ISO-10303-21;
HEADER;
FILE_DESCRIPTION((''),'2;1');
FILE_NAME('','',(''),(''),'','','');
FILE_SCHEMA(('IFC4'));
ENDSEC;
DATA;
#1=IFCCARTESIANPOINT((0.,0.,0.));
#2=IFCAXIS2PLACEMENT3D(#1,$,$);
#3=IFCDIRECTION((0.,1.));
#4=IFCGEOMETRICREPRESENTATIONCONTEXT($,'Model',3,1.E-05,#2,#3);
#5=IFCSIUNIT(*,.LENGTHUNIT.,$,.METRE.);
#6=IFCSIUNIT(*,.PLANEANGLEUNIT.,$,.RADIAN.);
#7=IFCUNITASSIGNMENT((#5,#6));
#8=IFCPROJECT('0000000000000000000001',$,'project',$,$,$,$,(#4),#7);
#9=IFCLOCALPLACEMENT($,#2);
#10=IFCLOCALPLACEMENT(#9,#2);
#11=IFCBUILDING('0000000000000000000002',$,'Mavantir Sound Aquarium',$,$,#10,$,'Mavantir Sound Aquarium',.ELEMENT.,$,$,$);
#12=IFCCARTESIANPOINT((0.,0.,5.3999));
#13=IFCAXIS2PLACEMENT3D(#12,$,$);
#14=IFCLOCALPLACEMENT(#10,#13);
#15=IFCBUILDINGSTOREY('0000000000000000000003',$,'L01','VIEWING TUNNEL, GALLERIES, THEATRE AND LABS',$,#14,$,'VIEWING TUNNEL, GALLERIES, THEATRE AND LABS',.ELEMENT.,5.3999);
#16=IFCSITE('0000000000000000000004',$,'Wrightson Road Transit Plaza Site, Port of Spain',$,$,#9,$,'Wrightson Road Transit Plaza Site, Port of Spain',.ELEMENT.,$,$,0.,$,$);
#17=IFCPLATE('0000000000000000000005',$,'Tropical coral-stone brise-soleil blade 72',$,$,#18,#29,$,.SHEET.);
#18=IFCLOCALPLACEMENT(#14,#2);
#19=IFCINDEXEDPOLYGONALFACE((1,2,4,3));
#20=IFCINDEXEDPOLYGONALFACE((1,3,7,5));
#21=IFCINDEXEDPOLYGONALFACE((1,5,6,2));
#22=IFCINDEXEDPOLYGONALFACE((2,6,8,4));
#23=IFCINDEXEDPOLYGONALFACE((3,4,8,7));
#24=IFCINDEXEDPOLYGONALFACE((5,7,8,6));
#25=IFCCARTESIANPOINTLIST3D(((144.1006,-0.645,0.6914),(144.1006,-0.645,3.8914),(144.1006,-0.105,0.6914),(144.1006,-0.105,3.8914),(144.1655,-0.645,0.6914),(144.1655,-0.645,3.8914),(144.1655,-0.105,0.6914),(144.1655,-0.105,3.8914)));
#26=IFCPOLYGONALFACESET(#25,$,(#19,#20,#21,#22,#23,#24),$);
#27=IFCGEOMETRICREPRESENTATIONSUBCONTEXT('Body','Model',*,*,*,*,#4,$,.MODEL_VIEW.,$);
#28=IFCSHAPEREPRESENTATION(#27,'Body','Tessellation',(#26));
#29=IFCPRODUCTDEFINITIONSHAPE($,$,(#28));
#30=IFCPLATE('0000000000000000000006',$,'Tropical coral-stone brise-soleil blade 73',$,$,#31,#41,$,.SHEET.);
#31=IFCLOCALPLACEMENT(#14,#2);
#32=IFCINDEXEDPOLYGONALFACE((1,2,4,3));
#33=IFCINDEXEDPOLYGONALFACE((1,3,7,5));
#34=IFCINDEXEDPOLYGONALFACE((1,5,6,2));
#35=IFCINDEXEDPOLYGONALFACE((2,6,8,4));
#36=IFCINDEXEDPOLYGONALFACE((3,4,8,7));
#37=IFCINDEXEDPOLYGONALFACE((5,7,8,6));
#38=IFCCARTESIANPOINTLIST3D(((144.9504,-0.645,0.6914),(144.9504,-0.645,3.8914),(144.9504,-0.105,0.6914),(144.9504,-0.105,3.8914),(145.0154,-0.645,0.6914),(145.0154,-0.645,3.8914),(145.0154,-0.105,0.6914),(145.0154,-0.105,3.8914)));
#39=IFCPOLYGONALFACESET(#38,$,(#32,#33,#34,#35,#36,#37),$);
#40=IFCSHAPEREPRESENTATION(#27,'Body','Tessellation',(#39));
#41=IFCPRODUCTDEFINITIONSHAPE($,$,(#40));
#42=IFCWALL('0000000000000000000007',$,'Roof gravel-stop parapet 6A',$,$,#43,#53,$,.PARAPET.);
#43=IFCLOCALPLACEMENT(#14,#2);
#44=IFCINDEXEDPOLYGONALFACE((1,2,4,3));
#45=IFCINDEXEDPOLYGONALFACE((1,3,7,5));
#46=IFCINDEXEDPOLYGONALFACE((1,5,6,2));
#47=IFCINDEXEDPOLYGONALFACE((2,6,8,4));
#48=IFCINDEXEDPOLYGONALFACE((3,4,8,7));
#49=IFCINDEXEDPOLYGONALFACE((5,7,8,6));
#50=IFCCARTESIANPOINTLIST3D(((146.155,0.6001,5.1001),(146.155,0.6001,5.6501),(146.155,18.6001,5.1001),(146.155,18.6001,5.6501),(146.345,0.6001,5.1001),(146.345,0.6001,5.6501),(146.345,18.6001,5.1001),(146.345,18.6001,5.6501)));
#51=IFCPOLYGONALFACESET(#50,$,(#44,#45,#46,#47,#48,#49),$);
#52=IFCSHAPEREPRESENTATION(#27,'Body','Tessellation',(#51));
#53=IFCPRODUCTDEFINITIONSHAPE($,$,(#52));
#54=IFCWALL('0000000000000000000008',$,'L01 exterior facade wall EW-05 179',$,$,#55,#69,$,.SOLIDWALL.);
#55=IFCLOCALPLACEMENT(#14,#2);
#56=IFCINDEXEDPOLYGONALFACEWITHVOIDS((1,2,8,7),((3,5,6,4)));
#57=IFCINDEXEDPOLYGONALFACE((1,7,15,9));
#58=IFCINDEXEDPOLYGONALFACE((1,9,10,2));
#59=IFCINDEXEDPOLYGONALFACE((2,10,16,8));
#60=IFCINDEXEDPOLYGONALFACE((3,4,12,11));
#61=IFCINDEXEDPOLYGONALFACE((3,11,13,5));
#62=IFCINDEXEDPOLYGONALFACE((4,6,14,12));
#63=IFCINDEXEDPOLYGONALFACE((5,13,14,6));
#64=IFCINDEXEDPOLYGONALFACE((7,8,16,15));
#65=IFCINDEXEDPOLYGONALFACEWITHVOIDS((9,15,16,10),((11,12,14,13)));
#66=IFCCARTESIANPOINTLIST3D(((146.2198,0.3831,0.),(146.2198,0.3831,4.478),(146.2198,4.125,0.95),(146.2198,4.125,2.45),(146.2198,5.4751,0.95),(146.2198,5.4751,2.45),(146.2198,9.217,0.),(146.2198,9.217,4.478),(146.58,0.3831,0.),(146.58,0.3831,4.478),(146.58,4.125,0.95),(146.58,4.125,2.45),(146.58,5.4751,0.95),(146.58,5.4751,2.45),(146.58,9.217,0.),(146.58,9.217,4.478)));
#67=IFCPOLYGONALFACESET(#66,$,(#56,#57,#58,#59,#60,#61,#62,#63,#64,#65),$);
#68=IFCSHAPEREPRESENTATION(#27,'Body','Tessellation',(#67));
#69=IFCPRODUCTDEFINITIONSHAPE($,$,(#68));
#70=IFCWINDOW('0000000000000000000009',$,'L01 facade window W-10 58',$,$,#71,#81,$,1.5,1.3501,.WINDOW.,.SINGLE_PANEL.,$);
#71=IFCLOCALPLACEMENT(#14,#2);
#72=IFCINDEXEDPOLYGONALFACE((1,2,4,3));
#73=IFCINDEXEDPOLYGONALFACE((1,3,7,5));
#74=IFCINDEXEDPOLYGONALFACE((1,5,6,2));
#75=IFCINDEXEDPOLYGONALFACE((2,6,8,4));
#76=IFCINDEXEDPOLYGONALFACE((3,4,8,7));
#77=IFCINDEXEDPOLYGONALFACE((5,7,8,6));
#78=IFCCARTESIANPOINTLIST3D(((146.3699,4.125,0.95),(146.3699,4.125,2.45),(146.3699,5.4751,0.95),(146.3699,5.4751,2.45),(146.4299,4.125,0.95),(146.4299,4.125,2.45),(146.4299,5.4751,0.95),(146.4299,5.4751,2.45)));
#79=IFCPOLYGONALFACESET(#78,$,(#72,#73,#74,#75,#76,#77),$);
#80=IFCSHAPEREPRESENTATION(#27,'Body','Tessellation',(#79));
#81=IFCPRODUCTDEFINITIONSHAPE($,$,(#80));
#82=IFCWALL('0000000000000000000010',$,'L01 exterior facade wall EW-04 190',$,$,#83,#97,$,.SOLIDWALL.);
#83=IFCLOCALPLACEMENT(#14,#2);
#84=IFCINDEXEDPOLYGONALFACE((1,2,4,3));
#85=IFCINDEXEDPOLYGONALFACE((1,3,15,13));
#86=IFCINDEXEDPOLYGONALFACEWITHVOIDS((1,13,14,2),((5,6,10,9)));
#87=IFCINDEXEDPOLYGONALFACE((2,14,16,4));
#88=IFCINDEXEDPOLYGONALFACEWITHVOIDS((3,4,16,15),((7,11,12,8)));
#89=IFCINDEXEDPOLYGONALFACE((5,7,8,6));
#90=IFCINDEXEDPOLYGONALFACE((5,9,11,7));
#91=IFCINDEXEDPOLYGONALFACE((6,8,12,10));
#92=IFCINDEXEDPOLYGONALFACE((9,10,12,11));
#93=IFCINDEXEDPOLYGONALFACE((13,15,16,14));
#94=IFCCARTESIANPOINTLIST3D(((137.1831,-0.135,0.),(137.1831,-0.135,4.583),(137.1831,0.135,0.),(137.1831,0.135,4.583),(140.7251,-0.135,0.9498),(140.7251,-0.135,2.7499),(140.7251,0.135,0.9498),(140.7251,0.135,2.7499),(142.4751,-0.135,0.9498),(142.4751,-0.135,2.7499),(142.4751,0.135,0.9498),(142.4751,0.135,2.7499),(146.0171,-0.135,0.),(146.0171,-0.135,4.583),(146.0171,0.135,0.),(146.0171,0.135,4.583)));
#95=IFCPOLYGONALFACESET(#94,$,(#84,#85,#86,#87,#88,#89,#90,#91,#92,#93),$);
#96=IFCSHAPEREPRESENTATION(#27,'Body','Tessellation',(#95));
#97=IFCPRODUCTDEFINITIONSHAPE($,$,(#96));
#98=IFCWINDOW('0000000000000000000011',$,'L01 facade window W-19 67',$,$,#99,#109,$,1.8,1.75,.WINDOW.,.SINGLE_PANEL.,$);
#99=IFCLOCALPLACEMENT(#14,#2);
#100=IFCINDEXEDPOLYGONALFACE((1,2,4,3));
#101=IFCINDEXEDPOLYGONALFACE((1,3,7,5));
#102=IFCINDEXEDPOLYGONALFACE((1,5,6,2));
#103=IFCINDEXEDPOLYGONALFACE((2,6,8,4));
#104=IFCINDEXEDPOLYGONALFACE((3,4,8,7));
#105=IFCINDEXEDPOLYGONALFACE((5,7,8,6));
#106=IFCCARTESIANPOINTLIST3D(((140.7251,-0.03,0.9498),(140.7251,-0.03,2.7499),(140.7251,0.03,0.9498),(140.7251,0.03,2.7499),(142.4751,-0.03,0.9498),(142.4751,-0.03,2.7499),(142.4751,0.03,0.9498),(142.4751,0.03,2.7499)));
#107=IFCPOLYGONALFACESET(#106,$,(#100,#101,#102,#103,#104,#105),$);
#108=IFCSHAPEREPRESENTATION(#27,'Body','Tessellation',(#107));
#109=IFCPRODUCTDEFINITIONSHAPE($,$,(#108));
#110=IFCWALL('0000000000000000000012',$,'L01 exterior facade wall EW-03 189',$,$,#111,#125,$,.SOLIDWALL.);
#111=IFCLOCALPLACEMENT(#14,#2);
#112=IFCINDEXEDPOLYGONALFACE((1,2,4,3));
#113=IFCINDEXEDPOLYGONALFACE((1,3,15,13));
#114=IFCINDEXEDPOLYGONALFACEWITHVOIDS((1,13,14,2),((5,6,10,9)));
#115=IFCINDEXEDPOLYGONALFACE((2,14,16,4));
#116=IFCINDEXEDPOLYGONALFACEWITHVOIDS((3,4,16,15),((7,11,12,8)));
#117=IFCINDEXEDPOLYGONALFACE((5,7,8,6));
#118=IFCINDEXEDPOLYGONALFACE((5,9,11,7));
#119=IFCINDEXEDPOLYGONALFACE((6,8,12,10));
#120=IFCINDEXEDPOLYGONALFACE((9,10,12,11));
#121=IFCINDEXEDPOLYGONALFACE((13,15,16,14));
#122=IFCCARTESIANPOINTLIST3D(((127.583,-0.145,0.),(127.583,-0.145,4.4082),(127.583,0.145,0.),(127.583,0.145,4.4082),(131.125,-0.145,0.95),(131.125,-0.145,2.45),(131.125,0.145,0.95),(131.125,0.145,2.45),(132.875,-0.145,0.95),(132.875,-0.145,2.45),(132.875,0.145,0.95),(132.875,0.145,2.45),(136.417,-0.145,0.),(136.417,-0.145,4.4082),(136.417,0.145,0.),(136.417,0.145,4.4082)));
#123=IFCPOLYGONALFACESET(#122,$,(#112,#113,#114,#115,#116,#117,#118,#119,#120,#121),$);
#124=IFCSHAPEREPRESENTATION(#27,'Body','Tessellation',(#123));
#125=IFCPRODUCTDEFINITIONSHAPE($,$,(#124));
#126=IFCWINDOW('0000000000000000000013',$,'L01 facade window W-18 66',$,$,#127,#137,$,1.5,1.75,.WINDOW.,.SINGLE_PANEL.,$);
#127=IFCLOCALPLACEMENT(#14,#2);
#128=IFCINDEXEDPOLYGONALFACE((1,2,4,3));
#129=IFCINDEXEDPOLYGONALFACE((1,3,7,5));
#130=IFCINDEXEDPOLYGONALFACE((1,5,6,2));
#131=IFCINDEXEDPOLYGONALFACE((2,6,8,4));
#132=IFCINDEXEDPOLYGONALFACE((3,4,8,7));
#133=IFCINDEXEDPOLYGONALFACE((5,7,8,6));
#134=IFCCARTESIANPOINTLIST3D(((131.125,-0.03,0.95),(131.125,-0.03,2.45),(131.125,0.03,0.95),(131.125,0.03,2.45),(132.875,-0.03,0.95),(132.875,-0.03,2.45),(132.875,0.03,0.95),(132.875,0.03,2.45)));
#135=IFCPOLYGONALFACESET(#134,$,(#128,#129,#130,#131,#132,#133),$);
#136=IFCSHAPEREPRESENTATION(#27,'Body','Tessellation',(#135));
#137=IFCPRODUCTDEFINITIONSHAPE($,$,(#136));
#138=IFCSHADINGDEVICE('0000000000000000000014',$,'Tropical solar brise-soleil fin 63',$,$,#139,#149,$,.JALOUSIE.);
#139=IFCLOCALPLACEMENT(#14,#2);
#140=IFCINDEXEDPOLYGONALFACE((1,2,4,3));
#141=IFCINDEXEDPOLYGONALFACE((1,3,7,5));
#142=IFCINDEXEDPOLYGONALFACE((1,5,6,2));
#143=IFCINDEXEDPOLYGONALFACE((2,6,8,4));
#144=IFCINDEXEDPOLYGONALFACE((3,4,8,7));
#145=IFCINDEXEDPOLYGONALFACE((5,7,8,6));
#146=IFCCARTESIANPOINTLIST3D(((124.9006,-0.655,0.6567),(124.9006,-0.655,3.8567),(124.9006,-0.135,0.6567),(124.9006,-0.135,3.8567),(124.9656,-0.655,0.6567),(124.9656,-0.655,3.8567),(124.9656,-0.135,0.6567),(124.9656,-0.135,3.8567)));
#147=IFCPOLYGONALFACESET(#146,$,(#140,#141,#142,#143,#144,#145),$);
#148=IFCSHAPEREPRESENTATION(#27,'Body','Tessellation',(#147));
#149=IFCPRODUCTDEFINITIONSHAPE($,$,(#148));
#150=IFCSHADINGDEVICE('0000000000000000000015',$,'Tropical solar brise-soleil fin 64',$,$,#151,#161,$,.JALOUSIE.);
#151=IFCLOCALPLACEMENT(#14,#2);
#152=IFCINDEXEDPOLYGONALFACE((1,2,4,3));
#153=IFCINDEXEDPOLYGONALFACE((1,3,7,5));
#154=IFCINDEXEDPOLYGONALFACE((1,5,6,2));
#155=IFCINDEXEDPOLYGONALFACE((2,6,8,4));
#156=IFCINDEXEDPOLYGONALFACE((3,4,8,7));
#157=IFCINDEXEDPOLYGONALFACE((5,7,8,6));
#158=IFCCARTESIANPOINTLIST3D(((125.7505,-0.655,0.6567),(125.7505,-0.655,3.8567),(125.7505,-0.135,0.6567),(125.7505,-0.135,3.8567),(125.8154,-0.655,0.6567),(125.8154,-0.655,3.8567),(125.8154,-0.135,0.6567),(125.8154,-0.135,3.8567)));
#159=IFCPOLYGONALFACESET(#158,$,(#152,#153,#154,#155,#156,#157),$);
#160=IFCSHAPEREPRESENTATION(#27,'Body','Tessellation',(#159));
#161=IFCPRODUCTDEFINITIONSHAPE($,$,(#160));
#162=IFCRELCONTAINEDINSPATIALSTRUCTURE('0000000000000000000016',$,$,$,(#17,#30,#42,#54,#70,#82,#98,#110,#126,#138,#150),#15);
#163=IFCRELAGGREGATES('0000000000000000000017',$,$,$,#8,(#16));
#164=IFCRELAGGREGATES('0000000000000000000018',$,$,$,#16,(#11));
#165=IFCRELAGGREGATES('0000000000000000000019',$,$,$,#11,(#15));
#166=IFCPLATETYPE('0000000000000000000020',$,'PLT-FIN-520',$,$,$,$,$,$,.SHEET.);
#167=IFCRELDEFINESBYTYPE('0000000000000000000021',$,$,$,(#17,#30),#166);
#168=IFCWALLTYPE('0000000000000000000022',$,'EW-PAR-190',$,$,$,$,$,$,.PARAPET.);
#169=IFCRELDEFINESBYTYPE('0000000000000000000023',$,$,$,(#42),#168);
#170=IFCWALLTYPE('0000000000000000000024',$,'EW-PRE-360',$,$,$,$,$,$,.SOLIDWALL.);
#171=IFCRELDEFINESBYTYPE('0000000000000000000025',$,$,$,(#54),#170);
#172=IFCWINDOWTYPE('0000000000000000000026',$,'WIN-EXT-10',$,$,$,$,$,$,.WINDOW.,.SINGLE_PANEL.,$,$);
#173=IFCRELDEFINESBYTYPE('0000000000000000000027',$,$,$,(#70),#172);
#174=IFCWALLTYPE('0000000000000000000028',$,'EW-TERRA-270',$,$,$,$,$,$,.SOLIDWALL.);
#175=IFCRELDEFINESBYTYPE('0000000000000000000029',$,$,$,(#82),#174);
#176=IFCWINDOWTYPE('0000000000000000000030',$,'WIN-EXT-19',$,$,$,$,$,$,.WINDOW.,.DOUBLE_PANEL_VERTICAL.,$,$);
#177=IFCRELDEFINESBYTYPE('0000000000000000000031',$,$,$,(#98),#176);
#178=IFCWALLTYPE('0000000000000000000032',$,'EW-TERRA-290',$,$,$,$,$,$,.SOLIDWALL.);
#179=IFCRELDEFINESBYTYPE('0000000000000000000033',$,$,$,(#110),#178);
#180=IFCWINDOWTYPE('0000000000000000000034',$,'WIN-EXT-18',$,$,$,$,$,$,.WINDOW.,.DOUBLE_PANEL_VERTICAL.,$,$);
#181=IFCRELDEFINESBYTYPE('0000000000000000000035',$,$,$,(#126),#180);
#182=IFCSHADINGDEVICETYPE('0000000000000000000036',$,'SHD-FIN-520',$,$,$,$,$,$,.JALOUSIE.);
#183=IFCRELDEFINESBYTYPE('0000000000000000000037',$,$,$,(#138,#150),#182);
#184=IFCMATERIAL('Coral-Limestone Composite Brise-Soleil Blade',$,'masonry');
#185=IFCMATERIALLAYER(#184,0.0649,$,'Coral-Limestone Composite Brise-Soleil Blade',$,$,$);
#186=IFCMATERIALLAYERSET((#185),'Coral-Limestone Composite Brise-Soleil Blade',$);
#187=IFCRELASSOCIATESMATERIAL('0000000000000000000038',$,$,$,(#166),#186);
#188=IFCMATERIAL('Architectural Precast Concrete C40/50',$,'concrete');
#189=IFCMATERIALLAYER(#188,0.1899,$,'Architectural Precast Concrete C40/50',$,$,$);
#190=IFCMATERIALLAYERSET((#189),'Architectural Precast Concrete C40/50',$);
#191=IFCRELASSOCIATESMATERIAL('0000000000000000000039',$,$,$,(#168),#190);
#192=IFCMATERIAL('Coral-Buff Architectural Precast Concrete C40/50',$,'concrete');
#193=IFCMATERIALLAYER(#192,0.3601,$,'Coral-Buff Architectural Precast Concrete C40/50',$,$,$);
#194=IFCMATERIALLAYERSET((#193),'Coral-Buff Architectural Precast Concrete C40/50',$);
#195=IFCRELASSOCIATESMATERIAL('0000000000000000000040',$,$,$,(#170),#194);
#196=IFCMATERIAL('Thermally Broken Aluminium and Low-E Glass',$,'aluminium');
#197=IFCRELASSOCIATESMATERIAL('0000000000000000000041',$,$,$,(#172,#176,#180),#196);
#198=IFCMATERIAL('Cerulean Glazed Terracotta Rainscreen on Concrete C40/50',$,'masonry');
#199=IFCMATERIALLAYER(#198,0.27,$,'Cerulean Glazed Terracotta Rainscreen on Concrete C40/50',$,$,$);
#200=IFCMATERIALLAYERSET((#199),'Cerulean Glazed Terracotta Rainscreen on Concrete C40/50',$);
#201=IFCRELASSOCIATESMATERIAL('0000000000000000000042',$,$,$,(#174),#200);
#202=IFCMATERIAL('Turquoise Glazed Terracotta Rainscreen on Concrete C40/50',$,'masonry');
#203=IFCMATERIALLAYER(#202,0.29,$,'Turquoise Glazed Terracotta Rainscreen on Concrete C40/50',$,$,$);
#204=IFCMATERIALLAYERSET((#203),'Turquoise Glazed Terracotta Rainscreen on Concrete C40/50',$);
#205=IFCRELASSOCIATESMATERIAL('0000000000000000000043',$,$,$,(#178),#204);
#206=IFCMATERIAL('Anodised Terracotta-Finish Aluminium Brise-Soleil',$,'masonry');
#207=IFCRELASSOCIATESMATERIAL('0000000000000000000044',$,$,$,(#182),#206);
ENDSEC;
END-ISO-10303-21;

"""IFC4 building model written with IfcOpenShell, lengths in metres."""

from ifc_helpers import new_model, si_unit, direction, frame, frame_2d, origin, origin_2d, place, context, subcontext, project, spatial, rectangle, extrude, material, layer, layer_set, type_object, element, fill, save


model = new_model("IFC4")

# Units and contexts
model_context = context("Model", 3, precision=1e-05, world=origin(), true_north=direction((0.0, 1.0)))
body_context = subcontext(model_context, "Body", "Model", "MODEL_VIEW")
ifc_project = project(units=[si_unit("LENGTHUNIT", "METRE"), si_unit("PLANEANGLEUNIT", "RADIAN")], contexts=[model_context])

# Site, building, storey
site_placement = place(None, origin())
site = spatial("IfcSite", under=ifc_project, at=site_placement, Name="Wrightson Road Transit Plaza Site, Port of Spain", LongName="Wrightson Road Transit Plaza Site, Port of Spain", CompositionType="ELEMENT", RefElevation=0.0)
building_placement = place(site_placement, origin())
building = spatial("IfcBuilding", under=site, at=building_placement, Name="Mavantir Sound Aquarium", LongName="Mavantir Sound Aquarium", CompositionType="ELEMENT")
storey_placement = place(building_placement, frame((0.0, 0.0, 5.3999)))
storey = spatial("IfcBuildingStorey", under=building, at=storey_placement, Name="L01", Description="VIEWING TUNNEL, GALLERIES, THEATRE AND LABS", LongName="VIEWING TUNNEL, GALLERIES, THEATRE AND LABS", CompositionType="ELEMENT", Elevation=5.3999)

# Plates
ifc_material_1 = material(Name="Coral-Limestone Composite Brise-Soleil Blade", Category="masonry")
ifc_layer_1 = layer(ifc_material_1, 0.0649, Name="Coral-Limestone Composite Brise-Soleil Blade")
ifc_layer_set_1 = layer_set([ifc_layer_1], Name="Coral-Limestone Composite Brise-Soleil Blade")
plate_type = type_object("IfcPlateType", Name="PLT-FIN-520", PredefinedType="SHEET", material=ifc_layer_set_1)
for number, where, z_axis, x_axis, name in (
    (1, (144.1331, -0.375, 0.6914), (0.0, 0.0, 1.0), (-1.0, 0.0, 0.0), "Tropical coral-stone brise-soleil blade 72"),
    (2, (144.9829, -0.375, 0.6914), (0.0, 0.0, 1.0), (-1.0, 0.0, 0.0), "Tropical coral-stone brise-soleil blade 73"),
):
    element("IfcPlate", number, at=place(storey_placement, frame(where, z_axis=z_axis, x_axis=x_axis)), inside=storey, type_object=plate_type, Name=name, PredefinedType="SHEET", context=body_context, shape_type="SweptSolid", body=[
        extrude(rectangle(XDim=0.0649, YDim=0.54, at=origin_2d()), origin(), (0.0, 0.0, 1.0), 3.2),
    ])

# Wall
ifc_material_2 = material(Name="Architectural Precast Concrete C40/50", Category="concrete")
ifc_layer_2 = layer(ifc_material_2, 0.1899, Name="Architectural Precast Concrete C40/50")
ifc_layer_set_2 = layer_set([ifc_layer_2], Name="Architectural Precast Concrete C40/50")
wall_type_1 = type_object("IfcWallType", Name="EW-PAR-190", PredefinedType="PARAPET", material=ifc_layer_set_2)
wall_1_placement = place(storey_placement, frame((146.25, 0.6001, 5.1001), z_axis=(0.0, 0.0, 1.0), x_axis=(0.0, 1.0, 0.0)))
element("IfcWall", 3, at=wall_1_placement, inside=storey, type_object=wall_type_1, Name="Roof gravel-stop parapet 6A", PredefinedType="PARAPET", context=body_context, shape_type="SweptSolid", body=[
    extrude(rectangle(XDim=18.0, YDim=0.1899, at=frame_2d((9.0, 0.0))), origin(), (0.0, 0.0, 1.0), 0.55),
])

# Walls, openings, windows
ifc_material_3 = material(Name="Coral-Buff Architectural Precast Concrete C40/50", Category="concrete")
ifc_layer_3 = layer(ifc_material_3, 0.3601, Name="Coral-Buff Architectural Precast Concrete C40/50")
ifc_layer_set_3 = layer_set([ifc_layer_3], Name="Coral-Buff Architectural Precast Concrete C40/50")
wall_type_2 = type_object("IfcWallType", Name="EW-PRE-360", PredefinedType="SOLIDWALL", material=ifc_layer_set_3)
wall_2_placement = place(storey_placement, frame((146.3999, 0.3831, 0.0), z_axis=(0.0, 0.0, 1.0), x_axis=(0.0, 1.0, 0.0)))
wall_2 = element("IfcWall", 4, at=wall_2_placement, inside=storey, type_object=wall_type_2, Name="L01 exterior facade wall EW-05 179", PredefinedType="SOLIDWALL", context=body_context, shape_type="SweptSolid", body=[
    extrude(rectangle(XDim=8.834, YDim=0.3601, at=frame_2d((4.417, 0.0))), origin(), (0.0, 0.0, 1.0), 4.478),
])
opening_1_placement = place(wall_2_placement, frame((3.7419, 0.0, 0.95)))
opening_1 = element("IfcOpeningElement", 5, at=opening_1_placement, cuts=wall_2, PredefinedType="OPENING", context=body_context, shape_type="SweptSolid", body=[
    extrude(rectangle(XDim=1.3501, YDim=1.5, at=frame_2d((0.675, 0.75))), frame((0.0, 0.1899, 0.0), z_axis=(0.0, -1.0, 0.0), x_axis=(1.0, 0.0, 0.0)), (0.0, 0.0, 1.0), 0.3801),
])
ifc_material_4 = material(Name="Thermally Broken Aluminium and Low-E Glass", Category="aluminium")
window_type_1 = type_object("IfcWindowType", Name="WIN-EXT-10", PartitioningType="SINGLE_PANEL", PredefinedType="WINDOW", material=ifc_material_4)
window_1_placement = place(opening_1_placement, origin())
window_1 = element("IfcWindow", 6, at=window_1_placement, inside=storey, type_object=window_type_1, Name="L01 facade window W-10 58", OverallHeight=1.5, OverallWidth=1.3501, PartitioningType="SINGLE_PANEL", PredefinedType="WINDOW", context=body_context, shape_type="SweptSolid", body=[
    extrude(rectangle(XDim=1.3501, YDim=1.5, at=frame_2d((0.675, 0.75))), frame((0.0, 0.03, 0.0), z_axis=(0.0, -1.0, 0.0), x_axis=(1.0, 0.0, 0.0)), (0.0, 0.0, 1.0), 0.0601),
])
fill(opening_1, window_1)
ifc_material_5 = material(Name="Cerulean Glazed Terracotta Rainscreen on Concrete C40/50", Category="masonry")
ifc_layer_4 = layer(ifc_material_5, 0.27, Name="Cerulean Glazed Terracotta Rainscreen on Concrete C40/50")
ifc_layer_set_4 = layer_set([ifc_layer_4], Name="Cerulean Glazed Terracotta Rainscreen on Concrete C40/50")
wall_type_3 = type_object("IfcWallType", Name="EW-TERRA-270", PredefinedType="SOLIDWALL", material=ifc_layer_set_4)
wall_3_placement = place(storey_placement, frame((137.1831, 0.0, 0.0), z_axis=(0.0, 0.0, 1.0), x_axis=(1.0, 0.0, 0.0)))
wall_3 = element("IfcWall", 7, at=wall_3_placement, inside=storey, type_object=wall_type_3, Name="L01 exterior facade wall EW-04 190", PredefinedType="SOLIDWALL", context=body_context, shape_type="SweptSolid", body=[
    extrude(rectangle(XDim=8.834, YDim=0.27, at=frame_2d((4.417, 0.0))), origin(), (0.0, 0.0, 1.0), 4.583),
])
opening_2_placement = place(wall_3_placement, frame((3.542, 0.0, 0.95)))
opening_2 = element("IfcOpeningElement", 8, at=opening_2_placement, cuts=wall_3, PredefinedType="OPENING", context=body_context, shape_type="SweptSolid", body=[
    extrude(rectangle(XDim=1.75, YDim=1.8, at=frame_2d((0.875, 0.8999))), frame((0.0, 0.145, 0.0), z_axis=(0.0, -1.0, 0.0), x_axis=(1.0, 0.0, 0.0)), (0.0, 0.0, 1.0), 0.29),
])
window_type_2 = type_object("IfcWindowType", Name="WIN-EXT-19", PartitioningType="DOUBLE_PANEL_VERTICAL", PredefinedType="WINDOW", material=ifc_material_4)
window_2_placement = place(opening_2_placement, origin())
window_2 = element("IfcWindow", 9, at=window_2_placement, inside=storey, type_object=window_type_2, Name="L01 facade window W-19 67", OverallHeight=1.8, OverallWidth=1.75, PartitioningType="SINGLE_PANEL", PredefinedType="WINDOW", context=body_context, shape_type="SweptSolid", body=[
    extrude(rectangle(XDim=1.75, YDim=1.8, at=frame_2d((0.875, 0.8999))), frame((0.0, 0.03, 0.0), z_axis=(0.0, -1.0, 0.0), x_axis=(1.0, 0.0, 0.0)), (0.0, 0.0, 1.0), 0.0601),
])
fill(opening_2, window_2)
ifc_material_6 = material(Name="Turquoise Glazed Terracotta Rainscreen on Concrete C40/50", Category="masonry")
ifc_layer_5 = layer(ifc_material_6, 0.29, Name="Turquoise Glazed Terracotta Rainscreen on Concrete C40/50")
ifc_layer_set_5 = layer_set([ifc_layer_5], Name="Turquoise Glazed Terracotta Rainscreen on Concrete C40/50")
wall_type_4 = type_object("IfcWallType", Name="EW-TERRA-290", PredefinedType="SOLIDWALL", material=ifc_layer_set_5)
wall_4_placement = place(storey_placement, frame((127.583, 0.0, 0.0), z_axis=(0.0, 0.0, 1.0), x_axis=(1.0, 0.0, 0.0)))
wall_4 = element("IfcWall", 10, at=wall_4_placement, inside=storey, type_object=wall_type_4, Name="L01 exterior facade wall EW-03 189", PredefinedType="SOLIDWALL", context=body_context, shape_type="SweptSolid", body=[
    extrude(rectangle(XDim=8.834, YDim=0.29, at=frame_2d((4.417, 0.0))), origin(), (0.0, 0.0, 1.0), 4.4082),
])
opening_3_placement = place(wall_4_placement, frame((3.542, 0.0, 0.95)))
opening_3 = element("IfcOpeningElement", 11, at=opening_3_placement, cuts=wall_4, PredefinedType="OPENING", context=body_context, shape_type="SweptSolid", body=[
    extrude(rectangle(XDim=1.75, YDim=1.5, at=frame_2d((0.875, 0.75))), frame((0.0, 0.155, 0.0), z_axis=(0.0, -1.0, 0.0), x_axis=(1.0, 0.0, 0.0)), (0.0, 0.0, 1.0), 0.3101),
])
window_type_3 = type_object("IfcWindowType", Name="WIN-EXT-18", PartitioningType="DOUBLE_PANEL_VERTICAL", PredefinedType="WINDOW", material=ifc_material_4)
window_3_placement = place(opening_3_placement, origin())
window_3 = element("IfcWindow", 12, at=window_3_placement, inside=storey, type_object=window_type_3, Name="L01 facade window W-18 66", OverallHeight=1.5, OverallWidth=1.75, PartitioningType="SINGLE_PANEL", PredefinedType="WINDOW", context=body_context, shape_type="SweptSolid", body=[
    extrude(rectangle(XDim=1.75, YDim=1.5, at=frame_2d((0.875, 0.75))), frame((0.0, 0.03, 0.0), z_axis=(0.0, -1.0, 0.0), x_axis=(1.0, 0.0, 0.0)), (0.0, 0.0, 1.0), 0.0601),
])
fill(opening_3, window_3)

# Shading devices
ifc_material_7 = material(Name="Anodised Terracotta-Finish Aluminium Brise-Soleil", Category="masonry")
shading_device_type = type_object("IfcShadingDeviceType", Name="SHD-FIN-520", PredefinedType="JALOUSIE", material=ifc_material_7)
for number, where, z_axis, x_axis, name in (
    (13, (124.9331, -0.395, 0.6567), (0.0, 0.0, 1.0), (-1.0, 0.0, 0.0), "Tropical solar brise-soleil fin 63"),
    (14, (125.783, -0.395, 0.6567), (0.0, 0.0, 1.0), (-1.0, 0.0, 0.0), "Tropical solar brise-soleil fin 64"),
):
    element("IfcShadingDevice", number, at=place(storey_placement, frame(where, z_axis=z_axis, x_axis=x_axis)), inside=storey, type_object=shading_device_type, Name=name, PredefinedType="JALOUSIE", context=body_context, shape_type="SweptSolid", body=[
        extrude(rectangle(XDim=0.0649, YDim=0.52, at=origin_2d()), origin(), (0.0, 0.0, 1.0), 3.2),
    ])

save(model, "model.ifc")
